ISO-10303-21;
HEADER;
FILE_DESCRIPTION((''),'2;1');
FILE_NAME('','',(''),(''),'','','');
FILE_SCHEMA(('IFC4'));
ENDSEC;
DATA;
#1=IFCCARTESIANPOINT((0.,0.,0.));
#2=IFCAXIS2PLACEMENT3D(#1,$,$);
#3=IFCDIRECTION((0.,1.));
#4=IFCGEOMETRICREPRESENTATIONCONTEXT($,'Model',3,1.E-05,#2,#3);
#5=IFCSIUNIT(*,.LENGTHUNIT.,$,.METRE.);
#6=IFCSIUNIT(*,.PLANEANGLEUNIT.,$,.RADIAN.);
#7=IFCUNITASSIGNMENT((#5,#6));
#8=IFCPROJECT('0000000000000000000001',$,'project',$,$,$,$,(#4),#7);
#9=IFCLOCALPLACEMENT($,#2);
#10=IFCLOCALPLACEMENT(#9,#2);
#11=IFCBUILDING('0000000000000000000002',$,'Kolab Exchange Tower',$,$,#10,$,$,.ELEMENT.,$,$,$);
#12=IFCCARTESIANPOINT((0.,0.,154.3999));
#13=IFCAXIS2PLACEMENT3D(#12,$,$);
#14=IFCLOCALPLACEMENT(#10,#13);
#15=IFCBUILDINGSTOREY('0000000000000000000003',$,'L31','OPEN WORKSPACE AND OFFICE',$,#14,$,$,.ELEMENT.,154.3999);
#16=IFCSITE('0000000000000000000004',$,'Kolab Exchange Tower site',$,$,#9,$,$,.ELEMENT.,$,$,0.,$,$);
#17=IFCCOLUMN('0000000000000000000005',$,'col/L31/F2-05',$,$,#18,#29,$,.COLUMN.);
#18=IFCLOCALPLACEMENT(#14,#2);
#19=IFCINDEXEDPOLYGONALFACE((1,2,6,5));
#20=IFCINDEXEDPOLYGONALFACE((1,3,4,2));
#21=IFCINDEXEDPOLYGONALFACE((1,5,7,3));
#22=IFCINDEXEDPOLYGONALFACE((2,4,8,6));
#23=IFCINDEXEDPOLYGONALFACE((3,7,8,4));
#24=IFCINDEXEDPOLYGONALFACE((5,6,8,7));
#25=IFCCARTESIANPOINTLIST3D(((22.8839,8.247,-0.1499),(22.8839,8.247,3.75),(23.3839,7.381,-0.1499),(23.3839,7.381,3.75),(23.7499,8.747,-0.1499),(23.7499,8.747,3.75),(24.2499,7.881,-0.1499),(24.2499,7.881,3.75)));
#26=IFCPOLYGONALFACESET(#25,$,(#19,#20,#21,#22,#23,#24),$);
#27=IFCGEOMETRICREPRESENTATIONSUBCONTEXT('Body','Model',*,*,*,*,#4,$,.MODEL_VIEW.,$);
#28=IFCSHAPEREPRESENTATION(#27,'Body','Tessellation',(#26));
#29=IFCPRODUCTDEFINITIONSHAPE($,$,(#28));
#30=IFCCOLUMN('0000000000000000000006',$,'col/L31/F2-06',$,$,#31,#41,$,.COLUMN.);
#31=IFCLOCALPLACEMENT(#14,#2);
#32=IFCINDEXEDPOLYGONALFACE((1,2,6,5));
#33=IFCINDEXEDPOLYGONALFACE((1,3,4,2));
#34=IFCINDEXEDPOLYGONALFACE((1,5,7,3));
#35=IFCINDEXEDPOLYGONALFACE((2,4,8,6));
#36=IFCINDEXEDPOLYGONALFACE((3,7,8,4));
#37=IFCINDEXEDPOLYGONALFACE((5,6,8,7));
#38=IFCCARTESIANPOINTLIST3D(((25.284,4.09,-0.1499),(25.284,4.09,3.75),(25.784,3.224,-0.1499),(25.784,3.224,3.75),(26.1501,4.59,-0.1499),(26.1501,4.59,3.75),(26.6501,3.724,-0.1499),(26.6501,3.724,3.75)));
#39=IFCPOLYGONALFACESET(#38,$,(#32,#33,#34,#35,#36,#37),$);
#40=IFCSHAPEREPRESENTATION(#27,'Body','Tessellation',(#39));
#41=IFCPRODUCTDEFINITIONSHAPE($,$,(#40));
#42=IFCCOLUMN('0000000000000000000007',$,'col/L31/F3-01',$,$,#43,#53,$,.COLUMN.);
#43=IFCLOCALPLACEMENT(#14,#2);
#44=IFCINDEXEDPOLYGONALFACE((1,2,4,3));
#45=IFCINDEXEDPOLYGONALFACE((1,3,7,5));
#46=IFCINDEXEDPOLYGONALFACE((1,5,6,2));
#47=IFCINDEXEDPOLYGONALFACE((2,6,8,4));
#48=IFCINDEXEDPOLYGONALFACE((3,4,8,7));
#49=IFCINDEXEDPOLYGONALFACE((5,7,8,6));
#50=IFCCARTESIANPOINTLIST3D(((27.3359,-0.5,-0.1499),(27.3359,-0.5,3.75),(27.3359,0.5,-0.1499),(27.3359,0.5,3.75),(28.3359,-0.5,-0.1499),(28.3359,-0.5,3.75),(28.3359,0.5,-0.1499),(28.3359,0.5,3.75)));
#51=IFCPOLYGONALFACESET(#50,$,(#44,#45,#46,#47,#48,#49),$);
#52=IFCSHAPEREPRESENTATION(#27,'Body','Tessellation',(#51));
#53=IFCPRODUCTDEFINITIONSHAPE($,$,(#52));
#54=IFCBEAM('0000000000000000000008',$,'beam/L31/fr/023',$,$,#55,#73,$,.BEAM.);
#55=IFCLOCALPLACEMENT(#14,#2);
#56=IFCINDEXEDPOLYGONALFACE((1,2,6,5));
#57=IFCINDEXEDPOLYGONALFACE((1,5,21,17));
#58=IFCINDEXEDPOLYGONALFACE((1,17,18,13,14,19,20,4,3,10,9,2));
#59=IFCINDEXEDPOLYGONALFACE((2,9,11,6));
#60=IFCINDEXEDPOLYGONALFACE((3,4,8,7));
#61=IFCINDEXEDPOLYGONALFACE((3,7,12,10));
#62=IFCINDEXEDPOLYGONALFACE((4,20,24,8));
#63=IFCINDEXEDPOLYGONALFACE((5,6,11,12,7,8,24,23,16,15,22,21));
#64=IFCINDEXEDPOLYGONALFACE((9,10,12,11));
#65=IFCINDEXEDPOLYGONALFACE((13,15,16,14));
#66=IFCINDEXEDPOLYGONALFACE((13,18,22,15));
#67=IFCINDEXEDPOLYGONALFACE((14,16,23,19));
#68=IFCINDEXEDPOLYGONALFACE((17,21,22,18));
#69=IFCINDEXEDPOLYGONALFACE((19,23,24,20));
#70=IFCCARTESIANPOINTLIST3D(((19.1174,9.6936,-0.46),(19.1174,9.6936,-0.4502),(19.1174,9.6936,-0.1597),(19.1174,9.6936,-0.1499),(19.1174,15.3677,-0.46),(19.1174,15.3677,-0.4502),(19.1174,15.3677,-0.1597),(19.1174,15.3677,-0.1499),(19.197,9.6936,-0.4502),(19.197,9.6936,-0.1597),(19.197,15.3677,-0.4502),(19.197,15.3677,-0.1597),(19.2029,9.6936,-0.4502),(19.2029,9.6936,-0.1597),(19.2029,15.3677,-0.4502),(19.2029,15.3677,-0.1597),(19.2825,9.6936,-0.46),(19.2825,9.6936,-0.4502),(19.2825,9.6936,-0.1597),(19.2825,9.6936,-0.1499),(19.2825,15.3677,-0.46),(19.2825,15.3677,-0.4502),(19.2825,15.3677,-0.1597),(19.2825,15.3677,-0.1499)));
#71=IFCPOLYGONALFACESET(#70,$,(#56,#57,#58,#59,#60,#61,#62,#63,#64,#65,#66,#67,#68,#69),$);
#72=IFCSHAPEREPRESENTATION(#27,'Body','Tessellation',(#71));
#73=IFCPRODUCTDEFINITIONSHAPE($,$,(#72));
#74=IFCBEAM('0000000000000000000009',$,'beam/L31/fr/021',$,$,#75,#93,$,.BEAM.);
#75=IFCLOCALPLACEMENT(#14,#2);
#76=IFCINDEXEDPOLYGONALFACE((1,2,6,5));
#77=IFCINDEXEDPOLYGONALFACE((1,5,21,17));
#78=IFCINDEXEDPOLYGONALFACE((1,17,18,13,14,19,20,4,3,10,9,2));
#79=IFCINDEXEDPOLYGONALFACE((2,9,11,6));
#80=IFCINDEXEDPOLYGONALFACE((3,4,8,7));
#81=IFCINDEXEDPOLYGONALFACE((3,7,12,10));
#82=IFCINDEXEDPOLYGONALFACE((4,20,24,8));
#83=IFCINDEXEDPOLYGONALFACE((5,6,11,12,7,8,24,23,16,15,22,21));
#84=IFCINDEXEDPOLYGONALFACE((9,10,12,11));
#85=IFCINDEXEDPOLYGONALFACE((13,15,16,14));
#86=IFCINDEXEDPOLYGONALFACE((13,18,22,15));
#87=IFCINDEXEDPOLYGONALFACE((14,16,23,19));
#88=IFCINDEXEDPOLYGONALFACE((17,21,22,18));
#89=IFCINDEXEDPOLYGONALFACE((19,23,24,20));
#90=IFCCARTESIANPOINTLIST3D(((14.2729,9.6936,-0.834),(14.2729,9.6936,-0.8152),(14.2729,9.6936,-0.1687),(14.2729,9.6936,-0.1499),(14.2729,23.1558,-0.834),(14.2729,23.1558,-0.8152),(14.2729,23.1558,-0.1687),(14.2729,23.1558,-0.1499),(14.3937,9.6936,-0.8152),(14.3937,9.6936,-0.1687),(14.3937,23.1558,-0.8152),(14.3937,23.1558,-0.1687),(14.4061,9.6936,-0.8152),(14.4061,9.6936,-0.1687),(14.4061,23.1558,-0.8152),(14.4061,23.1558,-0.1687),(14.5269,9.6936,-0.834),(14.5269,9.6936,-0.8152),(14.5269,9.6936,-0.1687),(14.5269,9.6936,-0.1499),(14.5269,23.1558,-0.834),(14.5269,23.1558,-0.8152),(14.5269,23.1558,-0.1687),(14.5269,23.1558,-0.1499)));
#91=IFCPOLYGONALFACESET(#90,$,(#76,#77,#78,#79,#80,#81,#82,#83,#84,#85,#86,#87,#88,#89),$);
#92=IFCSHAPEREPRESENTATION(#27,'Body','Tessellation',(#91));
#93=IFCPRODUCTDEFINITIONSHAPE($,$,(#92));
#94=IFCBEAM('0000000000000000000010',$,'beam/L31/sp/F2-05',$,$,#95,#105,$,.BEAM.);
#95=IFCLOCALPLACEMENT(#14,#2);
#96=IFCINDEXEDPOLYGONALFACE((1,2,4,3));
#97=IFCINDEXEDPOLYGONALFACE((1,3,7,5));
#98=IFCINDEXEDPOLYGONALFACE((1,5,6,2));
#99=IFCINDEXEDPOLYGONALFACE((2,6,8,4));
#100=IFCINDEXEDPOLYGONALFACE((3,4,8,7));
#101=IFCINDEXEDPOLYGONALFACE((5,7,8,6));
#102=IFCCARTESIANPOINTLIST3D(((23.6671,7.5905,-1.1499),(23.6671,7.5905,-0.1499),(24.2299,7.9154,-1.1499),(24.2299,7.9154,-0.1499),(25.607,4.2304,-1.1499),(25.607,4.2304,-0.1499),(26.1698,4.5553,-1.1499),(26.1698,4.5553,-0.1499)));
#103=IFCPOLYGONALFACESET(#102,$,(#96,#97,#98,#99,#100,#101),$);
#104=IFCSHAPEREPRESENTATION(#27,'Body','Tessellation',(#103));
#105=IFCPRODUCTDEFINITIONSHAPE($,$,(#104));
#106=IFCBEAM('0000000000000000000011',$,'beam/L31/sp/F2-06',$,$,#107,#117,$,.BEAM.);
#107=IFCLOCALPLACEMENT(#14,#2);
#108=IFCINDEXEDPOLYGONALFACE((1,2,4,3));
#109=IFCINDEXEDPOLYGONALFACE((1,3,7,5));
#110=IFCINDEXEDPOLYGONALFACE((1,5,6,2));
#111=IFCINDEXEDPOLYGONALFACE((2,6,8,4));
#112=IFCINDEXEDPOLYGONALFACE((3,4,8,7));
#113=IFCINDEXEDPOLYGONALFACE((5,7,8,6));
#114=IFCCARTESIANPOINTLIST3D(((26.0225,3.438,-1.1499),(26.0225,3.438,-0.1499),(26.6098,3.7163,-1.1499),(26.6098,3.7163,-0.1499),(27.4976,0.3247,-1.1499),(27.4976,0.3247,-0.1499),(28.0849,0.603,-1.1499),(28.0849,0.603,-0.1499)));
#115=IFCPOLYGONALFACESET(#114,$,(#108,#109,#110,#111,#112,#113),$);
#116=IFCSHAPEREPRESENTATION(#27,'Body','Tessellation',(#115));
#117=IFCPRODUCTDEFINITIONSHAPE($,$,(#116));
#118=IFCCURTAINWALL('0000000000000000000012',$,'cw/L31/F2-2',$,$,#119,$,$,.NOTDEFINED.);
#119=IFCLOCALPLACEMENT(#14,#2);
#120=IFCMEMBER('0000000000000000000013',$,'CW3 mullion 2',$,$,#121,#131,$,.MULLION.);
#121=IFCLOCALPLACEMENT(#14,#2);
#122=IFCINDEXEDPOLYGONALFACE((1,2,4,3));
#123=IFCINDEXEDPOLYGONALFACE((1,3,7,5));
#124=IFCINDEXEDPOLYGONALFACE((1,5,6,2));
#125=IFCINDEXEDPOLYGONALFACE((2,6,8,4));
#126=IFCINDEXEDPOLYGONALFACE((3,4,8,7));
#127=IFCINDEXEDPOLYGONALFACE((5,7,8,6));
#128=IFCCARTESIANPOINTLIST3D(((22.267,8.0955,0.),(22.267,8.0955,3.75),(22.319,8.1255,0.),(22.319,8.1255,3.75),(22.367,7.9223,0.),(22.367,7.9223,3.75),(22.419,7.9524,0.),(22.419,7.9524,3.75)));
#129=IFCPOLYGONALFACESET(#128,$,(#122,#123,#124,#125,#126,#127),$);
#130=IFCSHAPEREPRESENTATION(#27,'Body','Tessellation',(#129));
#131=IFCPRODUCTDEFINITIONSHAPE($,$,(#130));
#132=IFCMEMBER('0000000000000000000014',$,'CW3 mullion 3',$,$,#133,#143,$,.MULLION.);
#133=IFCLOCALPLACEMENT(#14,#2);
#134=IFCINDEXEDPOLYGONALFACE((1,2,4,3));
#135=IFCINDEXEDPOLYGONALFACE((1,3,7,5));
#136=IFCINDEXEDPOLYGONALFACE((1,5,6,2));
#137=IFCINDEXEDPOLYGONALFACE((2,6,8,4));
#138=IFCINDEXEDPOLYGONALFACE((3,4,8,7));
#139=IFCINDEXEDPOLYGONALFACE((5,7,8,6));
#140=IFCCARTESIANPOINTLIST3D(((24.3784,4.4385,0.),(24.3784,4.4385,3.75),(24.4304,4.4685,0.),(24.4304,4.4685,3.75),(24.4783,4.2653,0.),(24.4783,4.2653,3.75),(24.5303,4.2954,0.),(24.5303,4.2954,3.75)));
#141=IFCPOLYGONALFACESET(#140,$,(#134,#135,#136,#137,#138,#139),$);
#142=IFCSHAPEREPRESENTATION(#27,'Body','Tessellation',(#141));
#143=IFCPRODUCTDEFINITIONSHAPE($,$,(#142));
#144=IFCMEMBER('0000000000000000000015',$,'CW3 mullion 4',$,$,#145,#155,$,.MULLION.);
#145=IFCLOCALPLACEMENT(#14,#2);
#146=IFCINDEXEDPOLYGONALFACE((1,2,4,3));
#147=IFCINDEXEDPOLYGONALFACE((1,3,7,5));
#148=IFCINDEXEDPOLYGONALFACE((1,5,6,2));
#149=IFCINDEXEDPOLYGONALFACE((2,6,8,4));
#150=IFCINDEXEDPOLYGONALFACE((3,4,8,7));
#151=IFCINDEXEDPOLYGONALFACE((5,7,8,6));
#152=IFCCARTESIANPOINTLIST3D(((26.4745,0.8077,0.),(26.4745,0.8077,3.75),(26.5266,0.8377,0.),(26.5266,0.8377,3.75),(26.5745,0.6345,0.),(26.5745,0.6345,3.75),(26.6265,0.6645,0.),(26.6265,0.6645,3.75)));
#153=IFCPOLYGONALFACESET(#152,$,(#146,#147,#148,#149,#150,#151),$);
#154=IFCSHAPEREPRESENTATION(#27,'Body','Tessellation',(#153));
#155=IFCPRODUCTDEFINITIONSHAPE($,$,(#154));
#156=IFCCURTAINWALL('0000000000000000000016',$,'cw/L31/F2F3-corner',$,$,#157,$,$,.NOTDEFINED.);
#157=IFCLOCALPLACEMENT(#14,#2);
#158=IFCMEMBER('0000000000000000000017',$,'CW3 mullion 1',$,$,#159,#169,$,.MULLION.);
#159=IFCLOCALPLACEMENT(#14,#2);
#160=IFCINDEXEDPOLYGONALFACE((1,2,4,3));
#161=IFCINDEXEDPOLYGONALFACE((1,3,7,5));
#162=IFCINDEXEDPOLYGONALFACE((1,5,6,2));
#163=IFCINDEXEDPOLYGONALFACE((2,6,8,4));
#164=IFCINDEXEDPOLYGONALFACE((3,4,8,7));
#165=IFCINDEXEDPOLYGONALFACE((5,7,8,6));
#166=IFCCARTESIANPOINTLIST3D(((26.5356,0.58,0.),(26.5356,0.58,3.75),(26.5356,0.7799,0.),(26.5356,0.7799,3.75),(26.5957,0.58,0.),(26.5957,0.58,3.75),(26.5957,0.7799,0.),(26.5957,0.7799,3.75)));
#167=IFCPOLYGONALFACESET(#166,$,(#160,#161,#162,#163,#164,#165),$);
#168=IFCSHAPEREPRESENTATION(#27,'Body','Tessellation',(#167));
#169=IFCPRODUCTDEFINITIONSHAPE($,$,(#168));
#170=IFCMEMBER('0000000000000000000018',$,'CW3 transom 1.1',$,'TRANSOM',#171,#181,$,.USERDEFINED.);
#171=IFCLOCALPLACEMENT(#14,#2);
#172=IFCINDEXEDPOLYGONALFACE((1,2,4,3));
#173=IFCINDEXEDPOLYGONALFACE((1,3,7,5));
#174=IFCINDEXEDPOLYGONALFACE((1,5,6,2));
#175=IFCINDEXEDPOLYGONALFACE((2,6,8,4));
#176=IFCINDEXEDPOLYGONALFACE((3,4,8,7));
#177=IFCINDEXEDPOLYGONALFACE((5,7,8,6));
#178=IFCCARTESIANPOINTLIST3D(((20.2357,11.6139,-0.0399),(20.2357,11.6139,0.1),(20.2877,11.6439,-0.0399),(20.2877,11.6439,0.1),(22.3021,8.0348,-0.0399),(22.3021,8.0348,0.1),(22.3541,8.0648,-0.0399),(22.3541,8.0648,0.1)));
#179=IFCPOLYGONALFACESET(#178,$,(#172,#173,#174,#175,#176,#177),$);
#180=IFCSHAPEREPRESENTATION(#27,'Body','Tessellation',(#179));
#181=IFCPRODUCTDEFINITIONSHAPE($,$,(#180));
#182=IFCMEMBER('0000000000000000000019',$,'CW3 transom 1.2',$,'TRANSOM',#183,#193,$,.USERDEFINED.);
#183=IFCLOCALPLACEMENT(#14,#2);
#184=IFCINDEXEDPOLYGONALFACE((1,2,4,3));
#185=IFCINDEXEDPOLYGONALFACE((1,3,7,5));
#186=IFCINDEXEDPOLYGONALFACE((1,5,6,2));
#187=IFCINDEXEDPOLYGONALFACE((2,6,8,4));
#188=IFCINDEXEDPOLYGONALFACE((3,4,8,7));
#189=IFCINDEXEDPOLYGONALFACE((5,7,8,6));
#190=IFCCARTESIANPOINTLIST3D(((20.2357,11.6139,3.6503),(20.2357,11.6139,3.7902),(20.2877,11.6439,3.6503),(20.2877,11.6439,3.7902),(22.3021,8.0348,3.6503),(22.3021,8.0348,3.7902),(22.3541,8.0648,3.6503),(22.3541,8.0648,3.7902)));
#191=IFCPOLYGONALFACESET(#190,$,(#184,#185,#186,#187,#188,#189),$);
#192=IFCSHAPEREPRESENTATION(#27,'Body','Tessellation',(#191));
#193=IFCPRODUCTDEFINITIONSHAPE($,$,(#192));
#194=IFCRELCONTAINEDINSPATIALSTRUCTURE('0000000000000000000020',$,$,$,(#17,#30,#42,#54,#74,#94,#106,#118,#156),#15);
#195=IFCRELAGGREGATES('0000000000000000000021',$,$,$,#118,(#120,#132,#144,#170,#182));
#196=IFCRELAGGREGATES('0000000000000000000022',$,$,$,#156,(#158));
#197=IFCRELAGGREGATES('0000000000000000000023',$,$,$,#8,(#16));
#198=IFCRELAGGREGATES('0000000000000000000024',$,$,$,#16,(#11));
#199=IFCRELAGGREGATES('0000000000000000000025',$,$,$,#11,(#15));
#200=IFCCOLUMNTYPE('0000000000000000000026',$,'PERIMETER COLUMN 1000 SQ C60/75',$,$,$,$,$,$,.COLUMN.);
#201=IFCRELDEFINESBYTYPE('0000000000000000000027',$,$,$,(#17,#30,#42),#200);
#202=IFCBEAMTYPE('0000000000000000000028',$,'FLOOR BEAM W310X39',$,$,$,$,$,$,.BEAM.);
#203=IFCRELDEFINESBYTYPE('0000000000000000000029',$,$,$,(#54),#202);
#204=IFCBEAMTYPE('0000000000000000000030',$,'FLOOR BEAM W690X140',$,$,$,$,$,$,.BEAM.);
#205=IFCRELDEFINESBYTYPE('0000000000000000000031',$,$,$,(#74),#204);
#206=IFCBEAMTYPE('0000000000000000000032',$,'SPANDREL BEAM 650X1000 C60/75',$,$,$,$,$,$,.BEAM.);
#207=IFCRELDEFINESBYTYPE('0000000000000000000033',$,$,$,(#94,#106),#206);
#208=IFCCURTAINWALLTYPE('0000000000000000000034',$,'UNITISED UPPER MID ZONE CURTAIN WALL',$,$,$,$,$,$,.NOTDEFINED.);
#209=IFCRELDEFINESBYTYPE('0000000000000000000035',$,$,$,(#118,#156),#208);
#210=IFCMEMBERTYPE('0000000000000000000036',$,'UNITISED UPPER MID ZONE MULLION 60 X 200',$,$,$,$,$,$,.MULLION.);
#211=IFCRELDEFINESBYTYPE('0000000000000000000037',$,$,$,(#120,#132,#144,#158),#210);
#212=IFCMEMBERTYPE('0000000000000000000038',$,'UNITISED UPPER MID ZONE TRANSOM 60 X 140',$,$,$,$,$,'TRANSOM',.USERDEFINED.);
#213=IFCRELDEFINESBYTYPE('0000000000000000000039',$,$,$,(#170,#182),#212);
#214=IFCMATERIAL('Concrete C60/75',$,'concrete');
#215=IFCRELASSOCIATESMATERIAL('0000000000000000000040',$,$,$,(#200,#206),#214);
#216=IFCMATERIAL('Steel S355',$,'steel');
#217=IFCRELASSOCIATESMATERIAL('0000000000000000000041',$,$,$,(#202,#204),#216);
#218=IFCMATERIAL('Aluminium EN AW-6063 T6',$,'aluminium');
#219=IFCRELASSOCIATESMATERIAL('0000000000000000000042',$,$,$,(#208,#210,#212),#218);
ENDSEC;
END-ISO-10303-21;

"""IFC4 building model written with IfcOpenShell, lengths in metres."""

from ifc_helpers import new_model, si_unit, direction, frame, origin, origin_2d, place, context, subcontext, project, spatial, rectangle, i_section, extrude, material, material_profile, profile_set, type_object, element, aggregate, save


model = new_model("IFC4")

# Units and contexts
model_context = context("Model", 3, precision=1e-05, world=origin(), true_north=direction((0.0, 1.0)))
body_context = subcontext(model_context, "Body", "Model", "MODEL_VIEW")
ifc_project = project(units=[si_unit("LENGTHUNIT", "METRE"), si_unit("PLANEANGLEUNIT", "RADIAN")], contexts=[model_context])

# Site, building, storey
site_placement = place(None, origin())
site = spatial("IfcSite", under=ifc_project, at=site_placement, Name="Kolab Exchange Tower site", CompositionType="ELEMENT", RefElevation=0.0)
building_placement = place(site_placement, origin())
building = spatial("IfcBuilding", under=site, at=building_placement, Name="Kolab Exchange Tower", CompositionType="ELEMENT")
storey_placement = place(building_placement, frame((0.0, 0.0, 154.3999)))
storey = spatial("IfcBuildingStorey", under=building, at=storey_placement, Name="L31", Description="OPEN WORKSPACE AND OFFICE", CompositionType="ELEMENT", Elevation=154.3999)

# Columns
ifc_material_1 = material(Name="Concrete C60/75", Category="concrete")
ifc_material_profile_1 = material_profile(ifc_material_1, rectangle(XDim=1.0, YDim=1.0, at=origin_2d()), Name="RC1000")
ifc_profile_set_1 = profile_set([ifc_material_profile_1], Name="Concrete C60/75")
column_type = type_object("IfcColumnType", Name="PERIMETER COLUMN 1000 SQ C60/75", PredefinedType="COLUMN", material=ifc_profile_set_1)
for number, where, z_axis, x_axis, name in (
    (1, (23.5669, 8.064, -0.1499), (0.0, 0.0, 1.0), (0.866025, 0.5, 0.0), "col/L31/F2-05"),
    (2, (25.967, 3.907, -0.1499), (0.0, 0.0, 1.0), (0.866025, 0.5, 0.0), "col/L31/F2-06"),
    (3, (27.8359, 0.0, -0.1499), (0.0, 0.0, 1.0), (1.0, 0.0, 0.0), "col/L31/F3-01"),
):
    element("IfcColumn", number, at=place(storey_placement, frame(where, z_axis=z_axis, x_axis=x_axis)), inside=storey, type_object=column_type, Name=name, PredefinedType="COLUMN", context=body_context, shape_type="SweptSolid", body=[
        extrude(rectangle(XDim=1.0, YDim=1.0, at=origin_2d()), origin(), (0.0, 0.0, 1.0), 3.8999),
    ])

# Beams
ifc_material_2 = material(Name="Steel S355", Category="steel")
ifc_material_profile_2 = material_profile(ifc_material_2, i_section(OverallWidth=0.165, OverallDepth=0.3101, WebThickness=0.0059, FlangeThickness=0.0098, at=origin_2d()), Name="W310X39")
ifc_profile_set_2 = profile_set([ifc_material_profile_2], Name="Steel S355")
beam_type_1 = type_object("IfcBeamType", Name="FLOOR BEAM W310X39", PredefinedType="BEAM", material=ifc_profile_set_2)
beam_1_placement = place(storey_placement, frame((19.2, 9.6936, -0.3049), z_axis=(0.0, 1.0, 0.0), x_axis=(-1.0, 0.0, 0.0)))
element("IfcBeam", 4, at=beam_1_placement, inside=storey, type_object=beam_type_1, Name="beam/L31/fr/023", PredefinedType="BEAM", context=body_context, shape_type="SweptSolid", body=[
    extrude(i_section(OverallWidth=0.165, OverallDepth=0.3101, WebThickness=0.0059, FlangeThickness=0.0098, at=origin_2d()), origin(), (0.0, 0.0, 1.0), 5.6741),
])
ifc_material_profile_3 = material_profile(ifc_material_2, i_section(OverallWidth=0.2539, OverallDepth=0.6841, WebThickness=0.0125, FlangeThickness=0.0188, at=origin_2d()), Name="W690X140")
ifc_profile_set_3 = profile_set([ifc_material_profile_3], Name="Steel S355")
beam_type_2 = type_object("IfcBeamType", Name="FLOOR BEAM W690X140", PredefinedType="BEAM", material=ifc_profile_set_3)
beam_2_placement = place(storey_placement, frame((14.3999, 9.6936, -0.4919), z_axis=(0.0, 1.0, 0.0), x_axis=(-1.0, 0.0, 0.0)))
element("IfcBeam", 5, at=beam_2_placement, inside=storey, type_object=beam_type_2, Name="beam/L31/fr/021", PredefinedType="BEAM", context=body_context, shape_type="SweptSolid", body=[
    extrude(i_section(OverallWidth=0.2539, OverallDepth=0.6841, WebThickness=0.0125, FlangeThickness=0.0188, at=origin_2d()), origin(), (0.0, 0.0, 1.0), 13.4622),
])
ifc_material_profile_4 = material_profile(ifc_material_1, rectangle(XDim=0.6499, YDim=1.0, at=origin_2d()), Name="RC650X1000")
ifc_profile_set_4 = profile_set([ifc_material_profile_4], Name="Concrete C60/75")
beam_type_3 = type_object("IfcBeamType", Name="SPANDREL BEAM 650X1000 C60/75", PredefinedType="BEAM", material=ifc_profile_set_4)
beam_3_placement = place(storey_placement, frame((23.9485, 7.7529, -0.6499), z_axis=(0.499997, -0.866027, 0.0), x_axis=(0.866027, 0.499997, 0.0)))
element("IfcBeam", 6, at=beam_3_placement, inside=storey, type_object=beam_type_3, Name="beam/L31/sp/F2-05", PredefinedType="BEAM", context=body_context, shape_type="SweptSolid", body=[
    extrude(rectangle(XDim=0.6499, YDim=1.0, at=origin_2d()), origin(), (0.0, 0.0, 1.0), 3.8799),
])
beam_4_placement = place(storey_placement, frame((26.3162, 3.5771, -0.6499), z_axis=(0.428178, -0.903695, 0.0), x_axis=(0.903695, 0.428178, 0.0)))
element("IfcBeam", 7, at=beam_4_placement, inside=storey, type_object=beam_type_3, Name="beam/L31/sp/F2-06", PredefinedType="BEAM", context=body_context, shape_type="SweptSolid", body=[
    extrude(rectangle(XDim=0.6499, YDim=1.0, at=origin_2d()), origin(), (0.0, 0.0, 1.0), 3.4451),
])

# Curtain wall, members
ifc_material_3 = material(Name="Aluminium EN AW-6063 T6", Category="aluminium")
curtain_wall_type = type_object("IfcCurtainWallType", Name="UNITISED UPPER MID ZONE CURTAIN WALL", PredefinedType="NOTDEFINED", material=ifc_material_3)
curtain_wall_1_placement = place(storey_placement, origin())
curtain_wall_1 = element("IfcCurtainWall", 8, at=curtain_wall_1_placement, inside=storey, type_object=curtain_wall_type, Name="cw/L31/F2-2", PredefinedType="NOTDEFINED")
ifc_material_profile_5 = material_profile(ifc_material_3, rectangle(XDim=0.0601, YDim=0.2, at=origin_2d()), Name="RECT 60X200")
ifc_profile_set_5 = profile_set([ifc_material_profile_5], Name="Aluminium EN AW-6063 T6")
member_type_1 = type_object("IfcMemberType", Name="UNITISED UPPER MID ZONE MULLION 60 X 200", PredefinedType="MULLION", material=ifc_profile_set_5)
member_1_placement = place(storey_placement, frame((22.343, 8.0239, 0.0), z_axis=(0.0, 0.0, 1.0), x_axis=(0.866025, 0.5, 0.0)))
member_1 = element("IfcMember", 9, at=member_1_placement, type_object=member_type_1, Name="CW3 mullion 2", PredefinedType="MULLION", context=body_context, shape_type="SweptSolid", body=[
    extrude(rectangle(XDim=0.0601, YDim=0.2, at=origin_2d()), origin(), (0.0, 0.0, 1.0), 3.75),
])
member_2_placement = place(storey_placement, frame((24.4543, 4.3669, 0.0), z_axis=(0.0, 0.0, 1.0), x_axis=(0.866025, 0.5, 0.0)))
member_2 = element("IfcMember", 10, at=member_2_placement, type_object=member_type_1, Name="CW3 mullion 3", PredefinedType="MULLION", context=body_context, shape_type="SweptSolid", body=[
    extrude(rectangle(XDim=0.0601, YDim=0.2, at=origin_2d()), origin(), (0.0, 0.0, 1.0), 3.75),
])
member_3_placement = place(storey_placement, frame((26.5505, 0.7361, 0.0), z_axis=(0.0, 0.0, 1.0), x_axis=(0.866025, 0.5, 0.0)))
member_3 = element("IfcMember", 11, at=member_3_placement, type_object=member_type_1, Name="CW3 mullion 4", PredefinedType="MULLION", context=body_context, shape_type="SweptSolid", body=[
    extrude(rectangle(XDim=0.0601, YDim=0.2, at=origin_2d()), origin(), (0.0, 0.0, 1.0), 3.75),
])

# Curtain wall, member
curtain_wall_2_placement = place(storey_placement, origin())
curtain_wall_2 = element("IfcCurtainWall", 12, at=curtain_wall_2_placement, inside=storey, type_object=curtain_wall_type, Name="cw/L31/F2F3-corner", PredefinedType="NOTDEFINED")
member_4_placement = place(storey_placement, frame((26.5657, 0.6799, 0.0), z_axis=(0.0, 0.0, 1.0), x_axis=(1.0, 0.0, 0.0)))
member_4 = element("IfcMember", 13, at=member_4_placement, type_object=member_type_1, Name="CW3 mullion 1", PredefinedType="MULLION", context=body_context, shape_type="SweptSolid", body=[
    extrude(rectangle(XDim=0.0601, YDim=0.2, at=origin_2d()), origin(), (0.0, 0.0, 1.0), 3.75),
])

# Members
ifc_material_profile_6 = material_profile(ifc_material_3, rectangle(XDim=0.0601, YDim=0.1399, at=origin_2d()), Name="RECT 60X140")
ifc_profile_set_6 = profile_set([ifc_material_profile_6], Name="Aluminium EN AW-6063 T6")
member_type_2 = type_object("IfcMemberType", Name="UNITISED UPPER MID ZONE TRANSOM 60 X 140", ElementType="TRANSOM", PredefinedType="USERDEFINED", material=ifc_profile_set_6)
member_5_placement = place(storey_placement, frame((20.2617, 11.6289, 0.03), z_axis=(0.500002, -0.866024, 0.0), x_axis=(0.866024, 0.500002, 0.0)))
member_5 = element("IfcMember", 14, at=member_5_placement, type_object=member_type_2, Name="CW3 transom 1.1", ObjectType="TRANSOM", PredefinedType="USERDEFINED", context=body_context, shape_type="SweptSolid", body=[
    extrude(rectangle(XDim=0.0601, YDim=0.1399, at=origin_2d()), origin(), (0.0, 0.0, 1.0), 4.1328),
])
member_6_placement = place(storey_placement, frame((20.2617, 11.6289, 3.7202), z_axis=(0.500002, -0.866024, 0.0), x_axis=(0.866024, 0.500002, 0.0)))
member_6 = element("IfcMember", 15, at=member_6_placement, type_object=member_type_2, Name="CW3 transom 1.2", ObjectType="TRANSOM", PredefinedType="USERDEFINED", context=body_context, shape_type="SweptSolid", body=[
    extrude(rectangle(XDim=0.0601, YDim=0.1399, at=origin_2d()), origin(), (0.0, 0.0, 1.0), 4.1328),
])

aggregate(curtain_wall_1, [member_1, member_2, member_3, member_5, member_6])
aggregate(curtain_wall_2, [member_4])

save(model, "model.ifc")
